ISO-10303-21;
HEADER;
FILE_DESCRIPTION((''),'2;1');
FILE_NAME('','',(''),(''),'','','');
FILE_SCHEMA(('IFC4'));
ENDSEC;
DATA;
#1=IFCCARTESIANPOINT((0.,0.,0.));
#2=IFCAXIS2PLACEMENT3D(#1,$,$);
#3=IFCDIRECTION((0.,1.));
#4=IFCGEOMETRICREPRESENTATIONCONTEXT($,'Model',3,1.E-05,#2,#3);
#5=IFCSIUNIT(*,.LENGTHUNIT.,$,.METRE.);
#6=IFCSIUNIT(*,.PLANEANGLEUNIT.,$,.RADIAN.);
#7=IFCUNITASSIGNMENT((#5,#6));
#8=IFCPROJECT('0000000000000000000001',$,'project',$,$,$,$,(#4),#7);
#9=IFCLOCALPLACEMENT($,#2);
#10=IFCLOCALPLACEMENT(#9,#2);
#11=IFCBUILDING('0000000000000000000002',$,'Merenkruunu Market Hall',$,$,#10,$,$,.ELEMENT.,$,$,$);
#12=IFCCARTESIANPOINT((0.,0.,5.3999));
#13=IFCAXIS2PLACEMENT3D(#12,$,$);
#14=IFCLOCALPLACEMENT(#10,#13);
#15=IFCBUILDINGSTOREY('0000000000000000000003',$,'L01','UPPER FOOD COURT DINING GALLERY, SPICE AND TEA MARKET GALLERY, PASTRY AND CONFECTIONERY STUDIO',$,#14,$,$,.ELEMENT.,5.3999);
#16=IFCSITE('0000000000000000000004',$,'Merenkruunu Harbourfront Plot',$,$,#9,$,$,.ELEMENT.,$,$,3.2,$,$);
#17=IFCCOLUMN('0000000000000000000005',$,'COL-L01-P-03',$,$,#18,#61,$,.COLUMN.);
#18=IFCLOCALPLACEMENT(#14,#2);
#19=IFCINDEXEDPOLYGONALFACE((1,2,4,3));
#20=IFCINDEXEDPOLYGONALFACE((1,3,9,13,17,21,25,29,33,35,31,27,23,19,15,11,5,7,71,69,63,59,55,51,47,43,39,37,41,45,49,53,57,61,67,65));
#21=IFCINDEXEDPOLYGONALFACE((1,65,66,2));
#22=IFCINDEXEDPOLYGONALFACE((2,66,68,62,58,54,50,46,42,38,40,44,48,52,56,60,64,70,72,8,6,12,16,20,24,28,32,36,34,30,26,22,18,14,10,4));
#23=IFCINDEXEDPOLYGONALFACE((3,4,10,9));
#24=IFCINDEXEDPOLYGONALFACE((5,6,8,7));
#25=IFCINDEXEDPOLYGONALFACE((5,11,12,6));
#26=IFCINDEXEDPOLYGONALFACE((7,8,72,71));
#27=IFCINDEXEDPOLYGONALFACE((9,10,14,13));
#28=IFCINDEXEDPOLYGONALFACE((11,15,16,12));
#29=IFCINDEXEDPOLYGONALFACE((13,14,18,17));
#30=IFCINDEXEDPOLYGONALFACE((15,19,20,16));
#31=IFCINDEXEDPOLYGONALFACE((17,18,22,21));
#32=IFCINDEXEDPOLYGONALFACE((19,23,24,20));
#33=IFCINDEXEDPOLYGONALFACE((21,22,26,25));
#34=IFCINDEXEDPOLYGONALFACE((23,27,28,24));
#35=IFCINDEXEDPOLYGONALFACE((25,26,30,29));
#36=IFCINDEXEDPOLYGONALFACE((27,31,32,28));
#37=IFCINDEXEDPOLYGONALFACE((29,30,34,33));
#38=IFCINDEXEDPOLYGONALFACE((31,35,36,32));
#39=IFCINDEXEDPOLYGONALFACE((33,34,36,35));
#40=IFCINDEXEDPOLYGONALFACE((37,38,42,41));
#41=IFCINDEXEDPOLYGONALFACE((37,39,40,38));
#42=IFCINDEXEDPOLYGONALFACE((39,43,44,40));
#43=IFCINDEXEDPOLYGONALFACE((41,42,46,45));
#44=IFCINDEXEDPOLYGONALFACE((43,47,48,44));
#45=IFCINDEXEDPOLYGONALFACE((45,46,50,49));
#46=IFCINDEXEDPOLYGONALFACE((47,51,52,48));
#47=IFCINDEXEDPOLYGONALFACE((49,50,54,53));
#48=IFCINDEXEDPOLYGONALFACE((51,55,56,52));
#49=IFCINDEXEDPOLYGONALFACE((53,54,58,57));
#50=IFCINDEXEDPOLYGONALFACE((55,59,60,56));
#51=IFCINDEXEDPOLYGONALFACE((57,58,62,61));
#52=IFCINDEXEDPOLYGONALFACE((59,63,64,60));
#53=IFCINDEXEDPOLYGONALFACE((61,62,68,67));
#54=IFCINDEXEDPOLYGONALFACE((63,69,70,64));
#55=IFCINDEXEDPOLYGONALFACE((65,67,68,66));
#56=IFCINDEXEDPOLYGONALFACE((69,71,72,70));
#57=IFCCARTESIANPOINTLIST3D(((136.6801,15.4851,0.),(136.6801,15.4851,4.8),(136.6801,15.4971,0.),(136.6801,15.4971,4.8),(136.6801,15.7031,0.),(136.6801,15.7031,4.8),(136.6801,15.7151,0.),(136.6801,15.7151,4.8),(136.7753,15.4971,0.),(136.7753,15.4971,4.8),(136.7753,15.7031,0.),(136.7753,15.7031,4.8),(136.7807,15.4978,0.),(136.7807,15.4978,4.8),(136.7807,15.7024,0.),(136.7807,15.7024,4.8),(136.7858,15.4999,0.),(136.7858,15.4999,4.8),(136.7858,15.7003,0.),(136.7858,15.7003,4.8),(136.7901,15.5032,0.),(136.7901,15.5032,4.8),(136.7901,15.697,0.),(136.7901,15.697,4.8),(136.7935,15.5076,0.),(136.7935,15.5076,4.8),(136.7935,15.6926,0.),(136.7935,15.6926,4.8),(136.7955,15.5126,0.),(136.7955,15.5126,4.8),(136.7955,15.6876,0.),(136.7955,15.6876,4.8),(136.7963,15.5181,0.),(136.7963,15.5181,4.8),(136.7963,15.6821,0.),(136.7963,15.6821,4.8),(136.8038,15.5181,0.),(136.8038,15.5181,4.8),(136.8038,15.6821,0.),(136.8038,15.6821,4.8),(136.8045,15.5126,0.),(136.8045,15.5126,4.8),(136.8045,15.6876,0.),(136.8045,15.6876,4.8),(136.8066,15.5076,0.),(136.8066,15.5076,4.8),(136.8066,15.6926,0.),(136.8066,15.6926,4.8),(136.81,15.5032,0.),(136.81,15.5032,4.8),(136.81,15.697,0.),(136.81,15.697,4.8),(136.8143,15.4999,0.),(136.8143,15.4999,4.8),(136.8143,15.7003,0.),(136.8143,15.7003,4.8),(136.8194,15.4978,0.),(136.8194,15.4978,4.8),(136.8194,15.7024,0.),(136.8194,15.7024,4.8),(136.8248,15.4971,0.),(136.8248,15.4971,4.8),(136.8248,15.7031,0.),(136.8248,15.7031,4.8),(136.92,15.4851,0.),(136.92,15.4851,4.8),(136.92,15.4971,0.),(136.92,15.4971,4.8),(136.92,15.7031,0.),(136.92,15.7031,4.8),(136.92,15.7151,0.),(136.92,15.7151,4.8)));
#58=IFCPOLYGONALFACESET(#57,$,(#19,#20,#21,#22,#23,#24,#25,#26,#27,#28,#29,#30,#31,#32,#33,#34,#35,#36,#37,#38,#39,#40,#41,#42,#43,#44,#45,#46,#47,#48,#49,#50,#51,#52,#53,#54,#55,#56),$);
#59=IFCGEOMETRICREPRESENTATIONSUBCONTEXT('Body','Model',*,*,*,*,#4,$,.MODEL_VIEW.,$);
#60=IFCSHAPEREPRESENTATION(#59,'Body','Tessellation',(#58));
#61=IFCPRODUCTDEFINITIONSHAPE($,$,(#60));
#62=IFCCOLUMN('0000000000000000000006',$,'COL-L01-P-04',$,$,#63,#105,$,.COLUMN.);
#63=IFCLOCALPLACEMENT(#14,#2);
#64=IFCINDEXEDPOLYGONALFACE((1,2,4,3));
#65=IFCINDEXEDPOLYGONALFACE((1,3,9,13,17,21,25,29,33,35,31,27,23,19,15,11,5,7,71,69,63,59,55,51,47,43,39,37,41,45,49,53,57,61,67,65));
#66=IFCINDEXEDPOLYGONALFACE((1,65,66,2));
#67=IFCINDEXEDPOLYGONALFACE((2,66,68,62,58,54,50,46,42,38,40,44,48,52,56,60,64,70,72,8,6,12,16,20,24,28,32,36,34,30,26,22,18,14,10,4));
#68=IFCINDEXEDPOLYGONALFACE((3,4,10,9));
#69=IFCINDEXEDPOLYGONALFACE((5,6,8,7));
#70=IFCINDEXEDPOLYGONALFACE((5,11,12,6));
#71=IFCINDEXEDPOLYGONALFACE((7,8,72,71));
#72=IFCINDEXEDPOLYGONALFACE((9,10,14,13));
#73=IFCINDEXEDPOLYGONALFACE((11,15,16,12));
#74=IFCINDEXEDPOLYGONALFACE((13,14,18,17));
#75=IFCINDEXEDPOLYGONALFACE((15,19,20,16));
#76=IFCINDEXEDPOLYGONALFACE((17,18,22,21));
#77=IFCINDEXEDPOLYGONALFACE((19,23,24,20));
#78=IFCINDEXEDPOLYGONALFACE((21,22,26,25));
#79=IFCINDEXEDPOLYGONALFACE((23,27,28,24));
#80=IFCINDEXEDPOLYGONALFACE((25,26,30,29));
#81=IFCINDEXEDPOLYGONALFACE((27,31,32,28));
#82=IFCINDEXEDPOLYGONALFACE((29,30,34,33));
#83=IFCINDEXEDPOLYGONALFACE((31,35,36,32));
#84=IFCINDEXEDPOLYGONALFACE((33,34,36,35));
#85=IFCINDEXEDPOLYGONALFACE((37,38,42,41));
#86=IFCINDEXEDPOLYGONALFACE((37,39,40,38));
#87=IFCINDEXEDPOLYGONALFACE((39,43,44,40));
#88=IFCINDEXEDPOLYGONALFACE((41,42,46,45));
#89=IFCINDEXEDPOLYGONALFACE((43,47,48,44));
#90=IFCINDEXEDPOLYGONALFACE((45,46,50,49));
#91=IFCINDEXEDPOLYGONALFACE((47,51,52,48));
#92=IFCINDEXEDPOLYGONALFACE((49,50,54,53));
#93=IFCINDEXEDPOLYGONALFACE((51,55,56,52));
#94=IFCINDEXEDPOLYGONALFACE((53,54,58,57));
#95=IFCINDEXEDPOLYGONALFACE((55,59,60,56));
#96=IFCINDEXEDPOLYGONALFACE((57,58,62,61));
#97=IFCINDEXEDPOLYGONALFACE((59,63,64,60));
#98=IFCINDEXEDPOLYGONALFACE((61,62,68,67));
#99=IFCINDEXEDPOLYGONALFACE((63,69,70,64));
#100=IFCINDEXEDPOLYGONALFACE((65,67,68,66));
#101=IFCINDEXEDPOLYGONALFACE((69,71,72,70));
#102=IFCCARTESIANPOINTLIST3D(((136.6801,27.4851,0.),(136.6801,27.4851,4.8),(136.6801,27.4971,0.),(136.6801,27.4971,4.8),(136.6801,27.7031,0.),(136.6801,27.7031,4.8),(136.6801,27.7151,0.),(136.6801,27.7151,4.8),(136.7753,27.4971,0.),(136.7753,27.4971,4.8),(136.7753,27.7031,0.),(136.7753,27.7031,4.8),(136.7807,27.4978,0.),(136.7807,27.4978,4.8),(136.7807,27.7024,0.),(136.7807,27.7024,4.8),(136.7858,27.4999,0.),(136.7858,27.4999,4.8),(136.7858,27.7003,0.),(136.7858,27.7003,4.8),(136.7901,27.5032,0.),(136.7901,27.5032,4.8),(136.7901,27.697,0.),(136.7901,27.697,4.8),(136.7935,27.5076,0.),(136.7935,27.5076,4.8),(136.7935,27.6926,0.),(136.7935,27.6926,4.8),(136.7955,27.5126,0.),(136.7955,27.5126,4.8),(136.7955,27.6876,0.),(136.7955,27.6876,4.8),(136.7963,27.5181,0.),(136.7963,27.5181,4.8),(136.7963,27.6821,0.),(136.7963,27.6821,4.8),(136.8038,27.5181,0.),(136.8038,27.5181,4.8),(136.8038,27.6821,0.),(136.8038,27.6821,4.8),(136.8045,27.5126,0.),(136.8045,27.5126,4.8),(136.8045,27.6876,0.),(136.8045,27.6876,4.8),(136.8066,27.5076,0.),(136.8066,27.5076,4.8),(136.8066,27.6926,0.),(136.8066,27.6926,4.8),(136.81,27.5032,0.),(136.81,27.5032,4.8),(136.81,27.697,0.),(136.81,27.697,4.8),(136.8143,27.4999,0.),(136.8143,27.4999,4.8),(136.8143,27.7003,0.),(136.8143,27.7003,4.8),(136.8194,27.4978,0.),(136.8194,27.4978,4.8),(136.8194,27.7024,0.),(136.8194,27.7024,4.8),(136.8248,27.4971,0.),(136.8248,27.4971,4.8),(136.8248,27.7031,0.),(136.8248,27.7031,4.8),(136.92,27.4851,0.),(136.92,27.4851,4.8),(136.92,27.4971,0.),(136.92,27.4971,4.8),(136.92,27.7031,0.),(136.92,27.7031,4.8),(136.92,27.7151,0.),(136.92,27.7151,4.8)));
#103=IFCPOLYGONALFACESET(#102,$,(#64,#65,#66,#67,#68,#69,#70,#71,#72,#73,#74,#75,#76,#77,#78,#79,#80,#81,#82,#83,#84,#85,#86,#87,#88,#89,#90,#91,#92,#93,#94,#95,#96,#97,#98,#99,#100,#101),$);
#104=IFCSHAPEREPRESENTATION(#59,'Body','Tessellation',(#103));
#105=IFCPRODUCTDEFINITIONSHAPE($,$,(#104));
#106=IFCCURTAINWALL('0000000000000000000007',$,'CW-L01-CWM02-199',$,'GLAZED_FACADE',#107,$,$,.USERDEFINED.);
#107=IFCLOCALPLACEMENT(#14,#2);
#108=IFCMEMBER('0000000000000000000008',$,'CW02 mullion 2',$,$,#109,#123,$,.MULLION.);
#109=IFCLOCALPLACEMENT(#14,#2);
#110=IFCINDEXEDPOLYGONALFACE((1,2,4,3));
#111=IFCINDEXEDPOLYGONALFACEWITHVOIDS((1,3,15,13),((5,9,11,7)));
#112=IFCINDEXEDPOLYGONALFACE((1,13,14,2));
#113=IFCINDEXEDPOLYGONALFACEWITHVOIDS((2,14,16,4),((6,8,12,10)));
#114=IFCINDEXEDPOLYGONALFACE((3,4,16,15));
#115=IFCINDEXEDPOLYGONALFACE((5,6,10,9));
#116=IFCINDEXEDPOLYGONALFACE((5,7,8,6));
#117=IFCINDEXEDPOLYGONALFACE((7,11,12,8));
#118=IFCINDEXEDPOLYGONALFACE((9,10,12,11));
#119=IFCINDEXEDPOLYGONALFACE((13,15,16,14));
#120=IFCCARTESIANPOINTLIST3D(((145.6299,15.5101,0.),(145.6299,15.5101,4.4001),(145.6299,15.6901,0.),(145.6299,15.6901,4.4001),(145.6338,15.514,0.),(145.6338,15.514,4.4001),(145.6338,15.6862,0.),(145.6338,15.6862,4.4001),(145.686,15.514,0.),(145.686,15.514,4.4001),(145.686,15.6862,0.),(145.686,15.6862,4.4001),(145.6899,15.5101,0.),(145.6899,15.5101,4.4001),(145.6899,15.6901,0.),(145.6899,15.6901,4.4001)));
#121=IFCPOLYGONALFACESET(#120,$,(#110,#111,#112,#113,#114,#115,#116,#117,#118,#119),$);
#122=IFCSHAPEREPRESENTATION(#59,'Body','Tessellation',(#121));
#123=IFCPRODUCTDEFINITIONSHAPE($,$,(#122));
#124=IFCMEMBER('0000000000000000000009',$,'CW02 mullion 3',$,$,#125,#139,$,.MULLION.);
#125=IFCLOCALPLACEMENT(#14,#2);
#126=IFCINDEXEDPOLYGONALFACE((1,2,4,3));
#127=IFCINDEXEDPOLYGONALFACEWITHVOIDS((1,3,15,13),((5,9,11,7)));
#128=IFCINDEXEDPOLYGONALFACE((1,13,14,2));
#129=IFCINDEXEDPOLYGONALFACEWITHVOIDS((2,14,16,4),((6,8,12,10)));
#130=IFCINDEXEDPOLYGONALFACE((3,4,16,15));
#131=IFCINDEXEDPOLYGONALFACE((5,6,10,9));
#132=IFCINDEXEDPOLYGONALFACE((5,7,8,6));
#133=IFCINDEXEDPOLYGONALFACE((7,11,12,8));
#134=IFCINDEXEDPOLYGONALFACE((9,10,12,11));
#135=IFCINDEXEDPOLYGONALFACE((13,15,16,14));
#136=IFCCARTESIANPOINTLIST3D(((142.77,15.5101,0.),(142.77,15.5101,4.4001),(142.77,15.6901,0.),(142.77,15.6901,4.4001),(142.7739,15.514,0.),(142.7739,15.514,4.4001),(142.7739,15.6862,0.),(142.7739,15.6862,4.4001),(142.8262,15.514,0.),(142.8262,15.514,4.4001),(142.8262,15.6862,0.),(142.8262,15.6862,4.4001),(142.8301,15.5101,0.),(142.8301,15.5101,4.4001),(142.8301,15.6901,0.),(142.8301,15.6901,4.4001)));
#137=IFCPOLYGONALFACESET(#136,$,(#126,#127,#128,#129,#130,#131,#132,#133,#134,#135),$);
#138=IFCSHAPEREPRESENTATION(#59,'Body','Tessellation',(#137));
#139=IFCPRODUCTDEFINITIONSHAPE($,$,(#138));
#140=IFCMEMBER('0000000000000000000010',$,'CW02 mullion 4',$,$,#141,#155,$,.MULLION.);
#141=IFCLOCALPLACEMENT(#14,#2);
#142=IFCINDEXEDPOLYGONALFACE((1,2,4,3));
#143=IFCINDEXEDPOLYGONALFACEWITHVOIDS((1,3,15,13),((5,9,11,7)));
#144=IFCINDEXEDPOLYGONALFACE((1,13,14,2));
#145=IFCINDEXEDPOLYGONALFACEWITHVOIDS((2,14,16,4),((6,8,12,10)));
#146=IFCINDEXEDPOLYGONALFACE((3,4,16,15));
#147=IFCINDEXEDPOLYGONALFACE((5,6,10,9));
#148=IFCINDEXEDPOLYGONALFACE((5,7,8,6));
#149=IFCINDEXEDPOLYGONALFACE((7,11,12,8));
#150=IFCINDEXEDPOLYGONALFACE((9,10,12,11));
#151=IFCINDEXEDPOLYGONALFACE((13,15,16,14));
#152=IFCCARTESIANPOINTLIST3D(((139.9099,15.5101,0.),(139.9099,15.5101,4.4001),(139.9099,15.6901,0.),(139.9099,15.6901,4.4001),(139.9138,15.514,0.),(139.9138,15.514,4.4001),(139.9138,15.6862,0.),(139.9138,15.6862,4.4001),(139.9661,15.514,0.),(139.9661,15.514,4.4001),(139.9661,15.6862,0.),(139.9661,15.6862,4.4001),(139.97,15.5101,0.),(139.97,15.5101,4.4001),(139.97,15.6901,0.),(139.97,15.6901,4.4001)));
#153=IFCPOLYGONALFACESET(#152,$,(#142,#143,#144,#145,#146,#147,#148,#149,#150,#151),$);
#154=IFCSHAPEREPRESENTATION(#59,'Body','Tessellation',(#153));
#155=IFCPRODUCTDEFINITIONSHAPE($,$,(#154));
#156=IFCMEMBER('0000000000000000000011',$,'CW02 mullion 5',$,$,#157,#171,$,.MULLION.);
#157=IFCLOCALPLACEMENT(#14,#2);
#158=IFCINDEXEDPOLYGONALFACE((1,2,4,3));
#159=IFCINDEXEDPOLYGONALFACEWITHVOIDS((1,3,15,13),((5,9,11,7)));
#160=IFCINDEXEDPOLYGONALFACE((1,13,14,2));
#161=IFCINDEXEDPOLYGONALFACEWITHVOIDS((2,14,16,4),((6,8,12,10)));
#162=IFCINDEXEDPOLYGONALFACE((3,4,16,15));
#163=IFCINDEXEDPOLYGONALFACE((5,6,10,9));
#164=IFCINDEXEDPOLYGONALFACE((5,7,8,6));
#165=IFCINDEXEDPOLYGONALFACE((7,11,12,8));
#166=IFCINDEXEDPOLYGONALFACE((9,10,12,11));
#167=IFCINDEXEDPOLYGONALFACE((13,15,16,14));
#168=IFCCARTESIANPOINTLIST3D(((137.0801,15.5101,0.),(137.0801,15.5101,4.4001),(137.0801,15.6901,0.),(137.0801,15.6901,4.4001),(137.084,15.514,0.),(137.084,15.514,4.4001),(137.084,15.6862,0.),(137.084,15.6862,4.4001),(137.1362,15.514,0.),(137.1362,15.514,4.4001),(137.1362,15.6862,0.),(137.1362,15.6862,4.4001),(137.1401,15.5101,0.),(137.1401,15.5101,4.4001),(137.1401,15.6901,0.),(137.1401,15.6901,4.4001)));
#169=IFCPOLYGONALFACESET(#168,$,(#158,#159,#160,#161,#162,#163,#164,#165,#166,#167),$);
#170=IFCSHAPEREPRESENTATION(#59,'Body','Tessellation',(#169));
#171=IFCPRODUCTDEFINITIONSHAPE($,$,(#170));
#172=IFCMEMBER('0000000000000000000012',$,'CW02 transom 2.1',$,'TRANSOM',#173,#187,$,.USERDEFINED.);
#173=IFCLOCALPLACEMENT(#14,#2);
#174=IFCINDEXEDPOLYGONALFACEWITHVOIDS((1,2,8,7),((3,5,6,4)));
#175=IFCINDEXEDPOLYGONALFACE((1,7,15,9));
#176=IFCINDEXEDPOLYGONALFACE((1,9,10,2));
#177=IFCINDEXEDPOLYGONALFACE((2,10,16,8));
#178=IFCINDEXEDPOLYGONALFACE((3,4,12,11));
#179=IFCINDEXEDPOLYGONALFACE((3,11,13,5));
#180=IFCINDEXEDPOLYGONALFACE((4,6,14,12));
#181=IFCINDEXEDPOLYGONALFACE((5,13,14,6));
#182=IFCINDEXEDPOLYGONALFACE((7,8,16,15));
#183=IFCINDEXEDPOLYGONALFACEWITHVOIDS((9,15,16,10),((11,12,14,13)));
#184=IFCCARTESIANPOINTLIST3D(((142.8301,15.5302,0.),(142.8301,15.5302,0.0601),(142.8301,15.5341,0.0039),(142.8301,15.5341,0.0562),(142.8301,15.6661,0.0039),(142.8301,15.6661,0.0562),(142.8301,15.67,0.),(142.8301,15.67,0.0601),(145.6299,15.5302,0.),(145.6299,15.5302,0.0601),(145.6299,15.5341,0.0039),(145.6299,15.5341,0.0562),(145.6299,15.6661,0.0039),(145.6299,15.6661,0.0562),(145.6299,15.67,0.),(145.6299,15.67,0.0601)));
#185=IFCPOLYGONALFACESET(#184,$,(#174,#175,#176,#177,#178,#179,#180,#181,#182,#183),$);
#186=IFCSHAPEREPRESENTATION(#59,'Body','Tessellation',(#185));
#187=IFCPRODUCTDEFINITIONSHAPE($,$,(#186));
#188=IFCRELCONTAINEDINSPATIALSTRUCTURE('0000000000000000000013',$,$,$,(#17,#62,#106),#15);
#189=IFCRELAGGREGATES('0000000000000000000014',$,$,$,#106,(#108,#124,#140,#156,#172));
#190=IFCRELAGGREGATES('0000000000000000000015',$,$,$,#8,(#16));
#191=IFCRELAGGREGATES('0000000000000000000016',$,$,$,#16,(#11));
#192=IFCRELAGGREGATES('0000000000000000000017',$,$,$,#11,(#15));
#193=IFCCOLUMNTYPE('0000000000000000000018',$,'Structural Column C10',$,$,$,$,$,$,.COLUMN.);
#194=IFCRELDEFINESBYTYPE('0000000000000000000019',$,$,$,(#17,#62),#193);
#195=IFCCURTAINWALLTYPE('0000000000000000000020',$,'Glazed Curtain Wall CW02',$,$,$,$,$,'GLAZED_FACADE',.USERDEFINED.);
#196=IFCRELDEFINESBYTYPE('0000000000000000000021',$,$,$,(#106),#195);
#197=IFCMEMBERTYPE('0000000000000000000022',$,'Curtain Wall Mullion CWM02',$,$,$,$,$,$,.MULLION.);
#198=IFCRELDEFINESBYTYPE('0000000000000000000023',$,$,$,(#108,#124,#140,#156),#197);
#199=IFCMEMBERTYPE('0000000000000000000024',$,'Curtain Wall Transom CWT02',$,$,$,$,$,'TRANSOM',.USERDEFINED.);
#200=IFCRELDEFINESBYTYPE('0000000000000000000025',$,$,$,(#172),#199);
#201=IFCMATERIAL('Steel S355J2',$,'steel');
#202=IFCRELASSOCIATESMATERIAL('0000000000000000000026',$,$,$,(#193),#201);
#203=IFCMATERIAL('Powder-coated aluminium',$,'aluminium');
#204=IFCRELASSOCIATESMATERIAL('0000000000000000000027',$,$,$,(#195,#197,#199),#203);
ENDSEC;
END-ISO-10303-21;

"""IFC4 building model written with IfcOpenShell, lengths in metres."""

from ifc_helpers import new_model, si_unit, direction, frame, origin, origin_2d, place, context, subcontext, project, spatial, hollow_rectangle, i_section, extrude, material, material_profile, profile_set, type_object, element, aggregate, save


model = new_model("IFC4")

# Units and contexts
model_context = context("Model", 3, precision=1e-05, world=origin(), true_north=direction((0.0, 1.0)))
body_context = subcontext(model_context, "Body", "Model", "MODEL_VIEW")
ifc_project = project(units=[si_unit("LENGTHUNIT", "METRE"), si_unit("PLANEANGLEUNIT", "RADIAN")], contexts=[model_context])

# Site, building, storey
site_placement = place(None, origin())
site = spatial("IfcSite", under=ifc_project, at=site_placement, Name="Merenkruunu Harbourfront Plot", CompositionType="ELEMENT", RefElevation=3.2)
building_placement = place(site_placement, origin())
building = spatial("IfcBuilding", under=site, at=building_placement, Name="Merenkruunu Market Hall", CompositionType="ELEMENT")
storey_placement = place(building_placement, frame((0.0, 0.0, 5.3999)))
storey = spatial("IfcBuildingStorey", under=building, at=storey_placement, Name="L01", Description="UPPER FOOD COURT DINING GALLERY, SPICE AND TEA MARKET GALLERY, PASTRY AND CONFECTIONERY STUDIO", CompositionType="ELEMENT", Elevation=5.3999)

# Columns
ifc_material_1 = material(Name="Steel S355J2", Category="steel")
ifc_material_profile_1 = material_profile(ifc_material_1, i_section(OverallWidth=0.24, OverallDepth=0.23, WebThickness=0.0076, FlangeThickness=0.012, FilletRadius=0.021, at=origin_2d()), Name="HEA 240")
ifc_profile_set_1 = profile_set([ifc_material_profile_1], Name="Steel S355J2")
column_type = type_object("IfcColumnType", Name="Structural Column C10", PredefinedType="COLUMN", material=ifc_profile_set_1)
for number, where, z_axis, x_axis, name in (
    (1, (136.8, 15.6001, 0.0), (0.0, 0.0, 1.0), (1.0, 0.0, 0.0), "COL-L01-P-03"),
    (2, (136.8, 27.6001, 0.0), (0.0, 0.0, 1.0), (1.0, 0.0, 0.0), "COL-L01-P-04"),
):
    element("IfcColumn", number, at=place(storey_placement, frame(where, z_axis=z_axis, x_axis=x_axis)), inside=storey, type_object=column_type, Name=name, PredefinedType="COLUMN", context=body_context, shape_type="SweptSolid", body=[
        extrude(i_section(OverallWidth=0.24, OverallDepth=0.23, WebThickness=0.0076, FlangeThickness=0.012, FilletRadius=0.021, at=origin_2d()), origin(), (0.0, 0.0, 1.0), 4.8),
    ])

# Curtain wall, members
ifc_material_2 = material(Name="Powder-coated aluminium", Category="aluminium")
curtain_wall_type = type_object("IfcCurtainWallType", Name="Glazed Curtain Wall CW02", ElementType="GLAZED_FACADE", PredefinedType="USERDEFINED", material=ifc_material_2)
curtain_wall_placement = place(storey_placement, origin())
curtain_wall = element("IfcCurtainWall", 3, at=curtain_wall_placement, inside=storey, type_object=curtain_wall_type, Name="CW-L01-CWM02-199", ObjectType="GLAZED_FACADE", PredefinedType="USERDEFINED")
ifc_material_profile_2 = material_profile(ifc_material_2, hollow_rectangle(XDim=0.0601, YDim=0.1799, WallThickness=0.0039, at=origin_2d()), Name="ALU 60x180x4")
ifc_profile_set_2 = profile_set([ifc_material_profile_2], Name="Powder-coated aluminium")
member_type_1 = type_object("IfcMemberType", Name="Curtain Wall Mullion CWM02", PredefinedType="MULLION", material=ifc_profile_set_2)
member_1_placement = place(storey_placement, frame((145.6599, 15.6001, 0.0), z_axis=(0.0, 0.0, 1.0), x_axis=(-1.0, 0.0, 0.0)))
member_1 = element("IfcMember", 4, at=member_1_placement, type_object=member_type_1, Name="CW02 mullion 2", PredefinedType="MULLION", context=body_context, shape_type="SweptSolid", body=[
    extrude(hollow_rectangle(XDim=0.0601, YDim=0.1799, WallThickness=0.0039, at=origin_2d()), origin(), (0.0, 0.0, 1.0), 4.4001),
])
member_2_placement = place(storey_placement, frame((142.8, 15.6001, 0.0), z_axis=(0.0, 0.0, 1.0), x_axis=(-1.0, 0.0, 0.0)))
member_2 = element("IfcMember", 5, at=member_2_placement, type_object=member_type_1, Name="CW02 mullion 3", PredefinedType="MULLION", context=body_context, shape_type="SweptSolid", body=[
    extrude(hollow_rectangle(XDim=0.0601, YDim=0.1799, WallThickness=0.0039, at=origin_2d()), origin(), (0.0, 0.0, 1.0), 4.4001),
])
member_3_placement = place(storey_placement, frame((139.9399, 15.6001, 0.0), z_axis=(0.0, 0.0, 1.0), x_axis=(-1.0, 0.0, 0.0)))
member_3 = element("IfcMember", 6, at=member_3_placement, type_object=member_type_1, Name="CW02 mullion 4", PredefinedType="MULLION", context=body_context, shape_type="SweptSolid", body=[
    extrude(hollow_rectangle(XDim=0.0601, YDim=0.1799, WallThickness=0.0039, at=origin_2d()), origin(), (0.0, 0.0, 1.0), 4.4001),
])
member_4_placement = place(storey_placement, frame((137.1101, 15.6001, 0.0), z_axis=(0.0, 0.0, 1.0), x_axis=(-1.0, 0.0, 0.0)))
member_4 = element("IfcMember", 7, at=member_4_placement, type_object=member_type_1, Name="CW02 mullion 5", PredefinedType="MULLION", context=body_context, shape_type="SweptSolid", body=[
    extrude(hollow_rectangle(XDim=0.0601, YDim=0.1799, WallThickness=0.0039, at=origin_2d()), origin(), (0.0, 0.0, 1.0), 4.4001),
])
ifc_material_profile_3 = material_profile(ifc_material_2, hollow_rectangle(XDim=0.0601, YDim=0.1399, WallThickness=0.0039, at=origin_2d()), Name="ALU 60x140x4")
ifc_profile_set_3 = profile_set([ifc_material_profile_3], Name="Powder-coated aluminium")
member_type_2 = type_object("IfcMemberType", Name="Curtain Wall Transom CWT02", ElementType="TRANSOM", PredefinedType="USERDEFINED", material=ifc_profile_set_3)
member_5_placement = place(storey_placement, frame((145.6299, 15.6001, 0.03), z_axis=(-1.0, 0.0, 0.0), x_axis=(0.0, 0.0, 1.0)))
member_5 = element("IfcMember", 8, at=member_5_placement, type_object=member_type_2, Name="CW02 transom 2.1", ObjectType="TRANSOM", PredefinedType="USERDEFINED", context=body_context, shape_type="SweptSolid", body=[
    extrude(hollow_rectangle(XDim=0.0601, YDim=0.1399, WallThickness=0.0039, at=origin_2d()), origin(), (0.0, 0.0, 1.0), 2.7998),
])

aggregate(curtain_wall, [member_1, member_2, member_3, member_4, member_5])

save(model, "model.ifc")
